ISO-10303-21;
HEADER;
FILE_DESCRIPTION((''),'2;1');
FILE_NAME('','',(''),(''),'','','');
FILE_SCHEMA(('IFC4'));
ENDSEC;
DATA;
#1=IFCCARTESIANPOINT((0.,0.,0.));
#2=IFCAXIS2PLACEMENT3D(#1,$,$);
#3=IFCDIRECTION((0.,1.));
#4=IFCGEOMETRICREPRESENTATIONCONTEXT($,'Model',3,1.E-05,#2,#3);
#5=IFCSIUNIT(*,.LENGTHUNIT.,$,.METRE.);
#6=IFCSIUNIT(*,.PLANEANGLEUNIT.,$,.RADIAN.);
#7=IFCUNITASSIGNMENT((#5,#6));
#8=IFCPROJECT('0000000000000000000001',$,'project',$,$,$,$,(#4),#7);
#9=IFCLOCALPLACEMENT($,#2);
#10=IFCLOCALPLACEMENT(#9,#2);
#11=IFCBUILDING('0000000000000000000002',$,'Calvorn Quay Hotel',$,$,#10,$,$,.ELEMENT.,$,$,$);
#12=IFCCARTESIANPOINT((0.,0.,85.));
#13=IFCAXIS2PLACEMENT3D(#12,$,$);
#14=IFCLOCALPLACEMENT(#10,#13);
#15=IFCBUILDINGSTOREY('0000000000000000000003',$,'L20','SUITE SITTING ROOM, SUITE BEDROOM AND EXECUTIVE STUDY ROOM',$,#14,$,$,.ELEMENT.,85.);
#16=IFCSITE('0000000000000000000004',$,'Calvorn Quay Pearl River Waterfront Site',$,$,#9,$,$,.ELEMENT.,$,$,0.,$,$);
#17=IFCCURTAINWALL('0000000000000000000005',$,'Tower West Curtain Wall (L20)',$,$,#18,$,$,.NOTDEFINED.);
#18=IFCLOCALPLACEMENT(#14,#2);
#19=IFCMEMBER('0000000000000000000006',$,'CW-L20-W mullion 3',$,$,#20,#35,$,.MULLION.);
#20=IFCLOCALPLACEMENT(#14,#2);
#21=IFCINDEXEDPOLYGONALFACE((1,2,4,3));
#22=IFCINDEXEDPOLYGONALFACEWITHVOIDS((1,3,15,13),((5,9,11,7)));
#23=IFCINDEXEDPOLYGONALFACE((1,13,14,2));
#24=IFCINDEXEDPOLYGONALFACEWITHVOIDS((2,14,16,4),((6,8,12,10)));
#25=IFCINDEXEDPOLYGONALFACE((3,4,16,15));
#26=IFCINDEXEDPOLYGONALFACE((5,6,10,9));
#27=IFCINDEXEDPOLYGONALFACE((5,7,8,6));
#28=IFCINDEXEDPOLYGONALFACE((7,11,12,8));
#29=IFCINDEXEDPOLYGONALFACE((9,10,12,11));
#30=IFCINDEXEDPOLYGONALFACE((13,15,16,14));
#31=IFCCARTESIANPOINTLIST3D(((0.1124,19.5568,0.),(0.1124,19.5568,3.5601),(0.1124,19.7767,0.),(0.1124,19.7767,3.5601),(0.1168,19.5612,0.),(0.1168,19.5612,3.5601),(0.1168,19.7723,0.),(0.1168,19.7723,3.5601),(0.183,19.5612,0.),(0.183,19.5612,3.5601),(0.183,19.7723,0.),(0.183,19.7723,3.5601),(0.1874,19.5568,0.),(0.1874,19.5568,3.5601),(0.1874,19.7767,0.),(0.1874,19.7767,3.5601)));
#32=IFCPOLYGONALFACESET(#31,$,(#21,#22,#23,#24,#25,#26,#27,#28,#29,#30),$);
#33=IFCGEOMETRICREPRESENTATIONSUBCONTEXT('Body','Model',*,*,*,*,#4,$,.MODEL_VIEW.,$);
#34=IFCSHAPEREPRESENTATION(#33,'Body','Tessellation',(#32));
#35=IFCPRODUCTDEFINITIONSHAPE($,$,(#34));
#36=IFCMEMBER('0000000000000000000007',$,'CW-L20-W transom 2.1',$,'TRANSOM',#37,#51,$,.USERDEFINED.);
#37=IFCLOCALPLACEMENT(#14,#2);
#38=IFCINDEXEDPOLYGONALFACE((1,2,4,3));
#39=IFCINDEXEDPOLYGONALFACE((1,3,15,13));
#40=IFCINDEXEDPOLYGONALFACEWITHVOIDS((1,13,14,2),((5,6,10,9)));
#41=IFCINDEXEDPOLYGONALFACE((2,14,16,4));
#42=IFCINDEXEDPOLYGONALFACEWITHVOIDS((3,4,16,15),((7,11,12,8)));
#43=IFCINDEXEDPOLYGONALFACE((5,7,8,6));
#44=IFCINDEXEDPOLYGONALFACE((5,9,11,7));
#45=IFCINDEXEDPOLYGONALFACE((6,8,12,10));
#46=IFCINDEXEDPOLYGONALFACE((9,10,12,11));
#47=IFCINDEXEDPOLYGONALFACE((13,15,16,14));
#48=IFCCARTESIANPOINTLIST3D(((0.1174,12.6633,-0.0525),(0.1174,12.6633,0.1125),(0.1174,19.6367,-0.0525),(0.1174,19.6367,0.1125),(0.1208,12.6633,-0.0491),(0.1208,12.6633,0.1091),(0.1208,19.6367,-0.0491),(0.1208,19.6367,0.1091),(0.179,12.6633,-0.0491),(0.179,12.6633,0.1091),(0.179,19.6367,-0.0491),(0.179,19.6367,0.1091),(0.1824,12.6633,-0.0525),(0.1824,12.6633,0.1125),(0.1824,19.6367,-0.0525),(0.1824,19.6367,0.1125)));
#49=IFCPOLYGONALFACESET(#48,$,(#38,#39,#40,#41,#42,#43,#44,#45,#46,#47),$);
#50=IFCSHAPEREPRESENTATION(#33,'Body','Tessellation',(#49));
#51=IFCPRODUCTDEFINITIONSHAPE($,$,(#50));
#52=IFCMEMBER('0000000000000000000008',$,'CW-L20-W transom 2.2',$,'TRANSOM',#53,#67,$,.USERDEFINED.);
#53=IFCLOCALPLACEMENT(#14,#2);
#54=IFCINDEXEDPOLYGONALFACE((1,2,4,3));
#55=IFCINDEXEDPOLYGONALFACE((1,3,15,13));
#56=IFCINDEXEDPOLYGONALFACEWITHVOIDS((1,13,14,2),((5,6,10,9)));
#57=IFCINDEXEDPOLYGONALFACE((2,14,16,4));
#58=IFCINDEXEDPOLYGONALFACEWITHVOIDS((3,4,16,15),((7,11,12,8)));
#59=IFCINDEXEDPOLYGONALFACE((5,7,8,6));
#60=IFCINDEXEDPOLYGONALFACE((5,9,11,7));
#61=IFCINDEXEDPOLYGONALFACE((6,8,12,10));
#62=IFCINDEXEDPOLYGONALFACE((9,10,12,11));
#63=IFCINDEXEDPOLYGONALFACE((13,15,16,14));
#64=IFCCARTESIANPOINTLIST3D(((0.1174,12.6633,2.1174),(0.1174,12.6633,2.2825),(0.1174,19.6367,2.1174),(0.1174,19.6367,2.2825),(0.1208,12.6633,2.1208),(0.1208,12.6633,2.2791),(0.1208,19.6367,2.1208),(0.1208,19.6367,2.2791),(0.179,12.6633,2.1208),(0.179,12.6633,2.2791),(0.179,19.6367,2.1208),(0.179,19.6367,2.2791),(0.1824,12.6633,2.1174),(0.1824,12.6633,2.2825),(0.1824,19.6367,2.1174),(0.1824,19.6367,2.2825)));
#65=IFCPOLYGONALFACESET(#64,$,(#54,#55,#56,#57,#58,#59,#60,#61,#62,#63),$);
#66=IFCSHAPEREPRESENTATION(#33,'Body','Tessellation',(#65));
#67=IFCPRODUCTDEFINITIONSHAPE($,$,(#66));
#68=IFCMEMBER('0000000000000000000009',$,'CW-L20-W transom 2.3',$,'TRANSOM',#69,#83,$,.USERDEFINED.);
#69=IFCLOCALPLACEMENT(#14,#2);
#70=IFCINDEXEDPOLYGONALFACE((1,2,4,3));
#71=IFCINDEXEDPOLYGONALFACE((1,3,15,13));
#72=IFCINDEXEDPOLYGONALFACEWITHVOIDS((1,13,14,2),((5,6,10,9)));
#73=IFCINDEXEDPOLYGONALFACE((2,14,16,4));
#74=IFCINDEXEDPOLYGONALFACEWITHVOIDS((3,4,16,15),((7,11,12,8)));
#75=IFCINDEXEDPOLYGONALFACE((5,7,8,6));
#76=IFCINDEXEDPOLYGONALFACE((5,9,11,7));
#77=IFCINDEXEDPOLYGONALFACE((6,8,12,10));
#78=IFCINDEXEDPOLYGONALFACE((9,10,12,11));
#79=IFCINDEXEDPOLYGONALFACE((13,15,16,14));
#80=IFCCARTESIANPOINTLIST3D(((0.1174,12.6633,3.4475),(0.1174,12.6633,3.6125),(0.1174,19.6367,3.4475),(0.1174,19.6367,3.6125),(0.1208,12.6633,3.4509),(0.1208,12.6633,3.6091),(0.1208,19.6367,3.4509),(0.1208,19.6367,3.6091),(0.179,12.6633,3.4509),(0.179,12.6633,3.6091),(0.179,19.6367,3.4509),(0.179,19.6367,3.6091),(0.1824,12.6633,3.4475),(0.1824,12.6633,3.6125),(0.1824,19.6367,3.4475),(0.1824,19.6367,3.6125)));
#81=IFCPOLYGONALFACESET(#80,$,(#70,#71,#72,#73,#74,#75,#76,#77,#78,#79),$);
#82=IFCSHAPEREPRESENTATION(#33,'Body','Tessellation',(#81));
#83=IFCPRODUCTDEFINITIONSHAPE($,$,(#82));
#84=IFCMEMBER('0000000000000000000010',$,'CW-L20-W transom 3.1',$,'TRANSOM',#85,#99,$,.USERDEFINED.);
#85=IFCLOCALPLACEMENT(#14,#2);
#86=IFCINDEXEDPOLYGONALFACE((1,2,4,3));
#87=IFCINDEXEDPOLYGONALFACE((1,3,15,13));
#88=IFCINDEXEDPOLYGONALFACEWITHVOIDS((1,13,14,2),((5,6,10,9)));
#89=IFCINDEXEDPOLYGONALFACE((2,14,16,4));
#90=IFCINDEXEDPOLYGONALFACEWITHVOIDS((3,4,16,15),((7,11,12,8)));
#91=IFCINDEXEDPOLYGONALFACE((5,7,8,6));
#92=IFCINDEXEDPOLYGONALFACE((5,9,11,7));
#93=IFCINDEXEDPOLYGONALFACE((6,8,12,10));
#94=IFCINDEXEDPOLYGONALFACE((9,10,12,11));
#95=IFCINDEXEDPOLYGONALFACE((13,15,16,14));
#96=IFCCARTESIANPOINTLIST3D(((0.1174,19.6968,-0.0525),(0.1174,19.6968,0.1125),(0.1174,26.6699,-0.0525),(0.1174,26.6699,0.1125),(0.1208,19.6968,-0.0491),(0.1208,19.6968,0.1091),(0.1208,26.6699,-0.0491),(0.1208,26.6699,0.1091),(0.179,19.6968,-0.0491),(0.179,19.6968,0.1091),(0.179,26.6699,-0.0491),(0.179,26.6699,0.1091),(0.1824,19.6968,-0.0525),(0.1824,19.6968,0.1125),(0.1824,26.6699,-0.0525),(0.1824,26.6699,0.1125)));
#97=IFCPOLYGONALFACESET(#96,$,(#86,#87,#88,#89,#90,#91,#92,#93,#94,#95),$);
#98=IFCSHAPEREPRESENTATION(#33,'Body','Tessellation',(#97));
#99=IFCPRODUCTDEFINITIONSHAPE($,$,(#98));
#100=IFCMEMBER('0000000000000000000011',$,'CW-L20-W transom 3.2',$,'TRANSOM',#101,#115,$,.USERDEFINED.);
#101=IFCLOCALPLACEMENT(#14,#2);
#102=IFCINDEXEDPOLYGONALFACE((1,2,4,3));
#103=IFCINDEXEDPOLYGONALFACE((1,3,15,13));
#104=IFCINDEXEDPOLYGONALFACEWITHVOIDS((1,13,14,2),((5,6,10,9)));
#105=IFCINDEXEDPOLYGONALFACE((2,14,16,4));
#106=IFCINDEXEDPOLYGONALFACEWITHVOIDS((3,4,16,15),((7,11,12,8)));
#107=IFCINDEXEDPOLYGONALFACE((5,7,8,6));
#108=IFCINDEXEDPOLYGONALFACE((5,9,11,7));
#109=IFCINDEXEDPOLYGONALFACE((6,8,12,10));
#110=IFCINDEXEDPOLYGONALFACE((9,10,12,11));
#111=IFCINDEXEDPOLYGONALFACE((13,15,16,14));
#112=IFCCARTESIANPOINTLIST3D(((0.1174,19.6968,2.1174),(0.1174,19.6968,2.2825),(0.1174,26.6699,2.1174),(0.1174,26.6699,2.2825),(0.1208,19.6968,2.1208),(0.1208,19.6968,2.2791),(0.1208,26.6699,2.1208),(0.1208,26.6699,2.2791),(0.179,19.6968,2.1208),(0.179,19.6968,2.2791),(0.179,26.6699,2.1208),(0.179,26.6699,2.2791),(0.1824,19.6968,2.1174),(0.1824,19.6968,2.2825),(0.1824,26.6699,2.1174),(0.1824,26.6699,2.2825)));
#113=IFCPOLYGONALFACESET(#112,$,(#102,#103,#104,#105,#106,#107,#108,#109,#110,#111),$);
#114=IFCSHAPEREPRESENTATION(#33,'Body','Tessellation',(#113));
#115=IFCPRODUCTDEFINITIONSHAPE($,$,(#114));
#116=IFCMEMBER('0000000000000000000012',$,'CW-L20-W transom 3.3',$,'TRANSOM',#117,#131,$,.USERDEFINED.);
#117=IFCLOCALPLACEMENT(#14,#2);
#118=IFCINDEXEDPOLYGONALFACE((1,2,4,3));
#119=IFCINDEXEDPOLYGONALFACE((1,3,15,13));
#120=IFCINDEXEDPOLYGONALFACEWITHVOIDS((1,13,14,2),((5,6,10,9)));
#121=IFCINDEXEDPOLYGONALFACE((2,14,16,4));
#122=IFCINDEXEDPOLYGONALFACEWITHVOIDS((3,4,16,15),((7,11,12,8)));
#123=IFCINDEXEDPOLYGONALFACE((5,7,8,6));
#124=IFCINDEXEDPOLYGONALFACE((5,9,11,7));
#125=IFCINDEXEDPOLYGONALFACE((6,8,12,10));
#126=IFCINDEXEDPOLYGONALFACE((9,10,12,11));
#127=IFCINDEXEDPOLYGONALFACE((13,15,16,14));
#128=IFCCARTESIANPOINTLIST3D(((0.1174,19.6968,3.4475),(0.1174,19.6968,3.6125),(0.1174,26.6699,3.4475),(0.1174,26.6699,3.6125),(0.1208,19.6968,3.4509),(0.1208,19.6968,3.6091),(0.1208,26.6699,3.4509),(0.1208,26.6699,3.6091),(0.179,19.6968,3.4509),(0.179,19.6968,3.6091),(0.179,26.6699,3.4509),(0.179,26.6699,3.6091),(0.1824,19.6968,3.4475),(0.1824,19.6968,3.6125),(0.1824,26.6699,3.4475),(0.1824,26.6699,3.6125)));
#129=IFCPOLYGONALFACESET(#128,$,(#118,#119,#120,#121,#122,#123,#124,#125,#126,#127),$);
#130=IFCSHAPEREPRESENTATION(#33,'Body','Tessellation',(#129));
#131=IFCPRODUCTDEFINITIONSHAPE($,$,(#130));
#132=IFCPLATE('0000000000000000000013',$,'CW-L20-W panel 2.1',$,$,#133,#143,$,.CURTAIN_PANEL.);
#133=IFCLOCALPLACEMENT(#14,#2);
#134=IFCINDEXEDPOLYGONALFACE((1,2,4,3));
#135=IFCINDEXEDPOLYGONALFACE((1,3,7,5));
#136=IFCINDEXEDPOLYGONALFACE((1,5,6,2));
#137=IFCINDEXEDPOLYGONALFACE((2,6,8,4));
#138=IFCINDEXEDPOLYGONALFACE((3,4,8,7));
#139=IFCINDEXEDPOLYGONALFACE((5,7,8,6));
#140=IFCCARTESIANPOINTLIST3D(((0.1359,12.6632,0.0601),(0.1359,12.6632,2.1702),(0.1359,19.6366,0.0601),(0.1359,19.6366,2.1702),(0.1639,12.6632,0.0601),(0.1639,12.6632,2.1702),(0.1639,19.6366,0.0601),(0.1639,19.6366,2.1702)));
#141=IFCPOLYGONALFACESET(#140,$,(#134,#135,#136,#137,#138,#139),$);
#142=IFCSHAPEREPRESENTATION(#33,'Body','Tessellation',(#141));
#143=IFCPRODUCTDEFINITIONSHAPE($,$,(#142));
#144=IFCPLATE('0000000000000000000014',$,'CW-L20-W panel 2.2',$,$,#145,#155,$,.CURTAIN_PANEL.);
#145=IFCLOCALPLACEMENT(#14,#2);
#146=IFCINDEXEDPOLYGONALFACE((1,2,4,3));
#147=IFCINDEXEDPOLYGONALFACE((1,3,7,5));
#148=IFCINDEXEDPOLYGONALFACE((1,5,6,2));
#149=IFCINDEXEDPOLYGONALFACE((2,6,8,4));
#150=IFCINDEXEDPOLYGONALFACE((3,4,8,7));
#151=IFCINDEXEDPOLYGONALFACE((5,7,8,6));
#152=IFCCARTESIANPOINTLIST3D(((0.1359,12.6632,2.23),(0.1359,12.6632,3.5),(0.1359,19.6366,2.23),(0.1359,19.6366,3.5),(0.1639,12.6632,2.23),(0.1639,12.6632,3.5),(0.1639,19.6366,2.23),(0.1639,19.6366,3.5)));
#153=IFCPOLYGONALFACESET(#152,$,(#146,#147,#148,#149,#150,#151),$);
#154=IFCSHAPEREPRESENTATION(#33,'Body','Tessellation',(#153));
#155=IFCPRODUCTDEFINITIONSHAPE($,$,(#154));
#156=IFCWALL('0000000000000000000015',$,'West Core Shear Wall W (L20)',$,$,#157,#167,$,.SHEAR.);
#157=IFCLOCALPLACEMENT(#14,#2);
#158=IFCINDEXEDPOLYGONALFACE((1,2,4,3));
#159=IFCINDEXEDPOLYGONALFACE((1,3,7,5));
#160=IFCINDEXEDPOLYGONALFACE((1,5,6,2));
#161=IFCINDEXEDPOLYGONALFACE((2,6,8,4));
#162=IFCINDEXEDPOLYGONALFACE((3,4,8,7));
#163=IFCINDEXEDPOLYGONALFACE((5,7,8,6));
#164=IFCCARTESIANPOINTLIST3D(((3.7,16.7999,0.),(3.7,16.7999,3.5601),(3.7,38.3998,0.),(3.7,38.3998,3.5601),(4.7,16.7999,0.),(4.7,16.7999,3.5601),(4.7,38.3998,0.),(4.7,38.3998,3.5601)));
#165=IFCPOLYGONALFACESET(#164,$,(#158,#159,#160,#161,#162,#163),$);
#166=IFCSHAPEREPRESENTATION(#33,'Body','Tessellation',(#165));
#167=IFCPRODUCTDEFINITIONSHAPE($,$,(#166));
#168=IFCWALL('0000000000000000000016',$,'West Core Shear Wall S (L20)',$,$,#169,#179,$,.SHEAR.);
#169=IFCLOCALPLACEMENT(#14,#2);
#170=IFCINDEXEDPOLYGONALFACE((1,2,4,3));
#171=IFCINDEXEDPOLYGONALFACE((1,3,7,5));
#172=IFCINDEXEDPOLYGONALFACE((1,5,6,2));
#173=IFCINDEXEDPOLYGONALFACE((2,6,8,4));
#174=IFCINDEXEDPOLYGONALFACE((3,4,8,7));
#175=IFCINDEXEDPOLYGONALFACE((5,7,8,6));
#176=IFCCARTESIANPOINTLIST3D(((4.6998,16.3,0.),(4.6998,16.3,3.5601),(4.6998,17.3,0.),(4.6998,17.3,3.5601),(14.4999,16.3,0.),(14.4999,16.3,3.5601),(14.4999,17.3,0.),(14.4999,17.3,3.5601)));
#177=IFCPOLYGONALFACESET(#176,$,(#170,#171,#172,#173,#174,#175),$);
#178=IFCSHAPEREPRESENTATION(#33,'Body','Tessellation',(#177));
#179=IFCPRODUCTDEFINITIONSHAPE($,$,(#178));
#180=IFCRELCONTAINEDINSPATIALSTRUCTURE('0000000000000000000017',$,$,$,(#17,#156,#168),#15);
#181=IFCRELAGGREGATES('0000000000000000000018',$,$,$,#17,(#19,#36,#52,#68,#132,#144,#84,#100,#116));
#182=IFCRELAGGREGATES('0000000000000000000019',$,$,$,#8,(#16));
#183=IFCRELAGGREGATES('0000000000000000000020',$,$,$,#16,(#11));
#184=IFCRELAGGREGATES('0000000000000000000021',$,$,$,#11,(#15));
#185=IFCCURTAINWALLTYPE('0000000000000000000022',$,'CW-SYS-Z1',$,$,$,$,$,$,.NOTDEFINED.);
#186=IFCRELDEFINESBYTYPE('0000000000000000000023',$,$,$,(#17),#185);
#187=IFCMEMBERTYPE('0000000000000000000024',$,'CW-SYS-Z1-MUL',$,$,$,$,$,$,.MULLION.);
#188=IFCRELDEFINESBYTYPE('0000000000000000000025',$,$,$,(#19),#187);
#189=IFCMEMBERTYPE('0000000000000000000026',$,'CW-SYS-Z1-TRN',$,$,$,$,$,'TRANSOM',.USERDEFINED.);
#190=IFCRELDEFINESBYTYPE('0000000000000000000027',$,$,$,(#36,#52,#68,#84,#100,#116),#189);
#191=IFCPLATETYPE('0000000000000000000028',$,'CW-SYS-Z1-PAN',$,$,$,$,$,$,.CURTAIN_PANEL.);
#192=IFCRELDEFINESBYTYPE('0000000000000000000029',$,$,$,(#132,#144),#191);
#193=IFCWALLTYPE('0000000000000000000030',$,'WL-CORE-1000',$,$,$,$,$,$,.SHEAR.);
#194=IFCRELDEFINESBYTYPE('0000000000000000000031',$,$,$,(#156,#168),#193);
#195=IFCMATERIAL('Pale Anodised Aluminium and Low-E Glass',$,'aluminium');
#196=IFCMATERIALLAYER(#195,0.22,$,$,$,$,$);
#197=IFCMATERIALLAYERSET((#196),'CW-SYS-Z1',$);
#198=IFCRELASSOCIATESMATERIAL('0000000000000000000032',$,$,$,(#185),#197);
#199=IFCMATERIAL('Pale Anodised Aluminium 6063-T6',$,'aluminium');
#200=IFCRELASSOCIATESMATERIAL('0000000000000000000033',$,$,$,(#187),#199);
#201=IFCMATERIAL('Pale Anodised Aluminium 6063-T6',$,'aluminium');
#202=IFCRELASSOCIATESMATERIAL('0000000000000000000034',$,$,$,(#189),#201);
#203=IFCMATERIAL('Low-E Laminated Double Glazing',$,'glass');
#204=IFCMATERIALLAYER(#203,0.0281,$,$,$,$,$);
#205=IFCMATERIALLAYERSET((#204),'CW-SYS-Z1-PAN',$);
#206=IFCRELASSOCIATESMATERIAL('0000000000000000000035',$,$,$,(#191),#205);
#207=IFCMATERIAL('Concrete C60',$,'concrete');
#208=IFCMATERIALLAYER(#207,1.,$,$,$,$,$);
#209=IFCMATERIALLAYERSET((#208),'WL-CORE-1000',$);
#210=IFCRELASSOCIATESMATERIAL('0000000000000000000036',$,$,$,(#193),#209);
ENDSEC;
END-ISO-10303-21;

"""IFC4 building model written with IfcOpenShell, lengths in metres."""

from ifc_helpers import new_model, si_unit, direction, frame, frame_2d, origin, origin_2d, place, context, subcontext, project, spatial, rectangle, hollow_rectangle, extrude, material, layer, layer_set, material_profile, profile_set, type_object, element, aggregate, save


model = new_model("IFC4")

# Units and contexts
model_context = context("Model", 3, precision=1e-05, world=origin(), true_north=direction((0.0, 1.0)))
body_context = subcontext(model_context, "Body", "Model", "MODEL_VIEW")
ifc_project = project(units=[si_unit("LENGTHUNIT", "METRE"), si_unit("PLANEANGLEUNIT", "RADIAN")], contexts=[model_context])

# Site, building, storey
site_placement = place(None, origin())
site = spatial("IfcSite", under=ifc_project, at=site_placement, Name="Calvorn Quay Pearl River Waterfront Site", CompositionType="ELEMENT", RefElevation=0.0)
building_placement = place(site_placement, origin())
building = spatial("IfcBuilding", under=site, at=building_placement, Name="Calvorn Quay Hotel", CompositionType="ELEMENT")
storey_placement = place(building_placement, frame((0.0, 0.0, 85.0)))
storey = spatial("IfcBuildingStorey", under=building, at=storey_placement, Name="L20", Description="SUITE SITTING ROOM, SUITE BEDROOM AND EXECUTIVE STUDY ROOM", CompositionType="ELEMENT", Elevation=85.0)

# Curtain wall, members, plates
ifc_material_1 = material(Name="Pale Anodised Aluminium and Low-E Glass", Category="aluminium")
ifc_layer_1 = layer(ifc_material_1, 0.22)
ifc_layer_set_1 = layer_set([ifc_layer_1], Name="CW-SYS-Z1")
curtain_wall_type = type_object("IfcCurtainWallType", Name="CW-SYS-Z1", PredefinedType="NOTDEFINED", material=ifc_layer_set_1)
curtain_wall_placement = place(storey_placement, origin())
curtain_wall = element("IfcCurtainWall", 1, at=curtain_wall_placement, inside=storey, type_object=curtain_wall_type, Name="Tower West Curtain Wall (L20)", PredefinedType="NOTDEFINED")
ifc_material_2 = material(Name="Pale Anodised Aluminium 6063-T6", Category="aluminium")
ifc_material_profile_1 = material_profile(ifc_material_2, hollow_rectangle(XDim=0.075, YDim=0.22, WallThickness=0.0044, at=origin_2d()), Name="ALU-M220x75x4.5")
ifc_profile_set_1 = profile_set([ifc_material_profile_1], Name="Pale Anodised Aluminium 6063-T6")
member_type_1 = type_object("IfcMemberType", Name="CW-SYS-Z1-MUL", PredefinedType="MULLION", material=ifc_profile_set_1)
member_1_placement = place(storey_placement, frame((0.1499, 19.6667, 0.0), z_axis=(0.0, 0.0, 1.0), x_axis=(-1.0, 0.0, 0.0)))
member_1 = element("IfcMember", 2, at=member_1_placement, type_object=member_type_1, Name="CW-L20-W mullion 3", PredefinedType="MULLION", context=body_context, shape_type="SweptSolid", body=[
    extrude(hollow_rectangle(XDim=0.075, YDim=0.22, WallThickness=0.0044, at=origin_2d()), origin(), (0.0, 0.0, 1.0), 3.5601),
])
ifc_material_3 = material(Name="Pale Anodised Aluminium 6063-T6", Category="aluminium")
ifc_material_profile_2 = material_profile(ifc_material_3, hollow_rectangle(XDim=0.0649, YDim=0.165, WallThickness=0.0034, at=origin_2d()), Name="ALU-T165x65x3.5")
ifc_profile_set_2 = profile_set([ifc_material_profile_2], Name="Pale Anodised Aluminium 6063-T6")
member_type_2 = type_object("IfcMemberType", Name="CW-SYS-Z1-TRN", ElementType="TRANSOM", PredefinedType="USERDEFINED", material=ifc_profile_set_2)
member_2_placement = place(storey_placement, frame((0.1499, 12.6633, 0.03), z_axis=(0.0, 1.0, 0.0), x_axis=(-1.0, 0.0, 0.0)))
member_2 = element("IfcMember", 3, at=member_2_placement, type_object=member_type_2, Name="CW-L20-W transom 2.1", ObjectType="TRANSOM", PredefinedType="USERDEFINED", context=body_context, shape_type="SweptSolid", body=[
    extrude(hollow_rectangle(XDim=0.0649, YDim=0.165, WallThickness=0.0034, at=origin_2d()), origin(), (0.0, 0.0, 1.0), 6.9734),
])
member_3_placement = place(storey_placement, frame((0.1499, 12.6633, 2.2), z_axis=(0.0, 1.0, 0.0), x_axis=(-1.0, 0.0, 0.0)))
member_3 = element("IfcMember", 4, at=member_3_placement, type_object=member_type_2, Name="CW-L20-W transom 2.2", ObjectType="TRANSOM", PredefinedType="USERDEFINED", context=body_context, shape_type="SweptSolid", body=[
    extrude(hollow_rectangle(XDim=0.0649, YDim=0.165, WallThickness=0.0034, at=origin_2d()), origin(), (0.0, 0.0, 1.0), 6.9734),
])
member_4_placement = place(storey_placement, frame((0.1499, 12.6633, 3.53), z_axis=(0.0, 1.0, 0.0), x_axis=(-1.0, 0.0, 0.0)))
member_4 = element("IfcMember", 5, at=member_4_placement, type_object=member_type_2, Name="CW-L20-W transom 2.3", ObjectType="TRANSOM", PredefinedType="USERDEFINED", context=body_context, shape_type="SweptSolid", body=[
    extrude(hollow_rectangle(XDim=0.0649, YDim=0.165, WallThickness=0.0034, at=origin_2d()), origin(), (0.0, 0.0, 1.0), 6.9734),
])
member_5_placement = place(storey_placement, frame((0.1499, 19.6968, 0.03), z_axis=(0.0, 1.0, 0.0), x_axis=(-1.0, 0.0, 0.0)))
member_5 = element("IfcMember", 6, at=member_5_placement, type_object=member_type_2, Name="CW-L20-W transom 3.1", ObjectType="TRANSOM", PredefinedType="USERDEFINED", context=body_context, shape_type="SweptSolid", body=[
    extrude(hollow_rectangle(XDim=0.0649, YDim=0.165, WallThickness=0.0034, at=origin_2d()), origin(), (0.0, 0.0, 1.0), 6.9731),
])
member_6_placement = place(storey_placement, frame((0.1499, 19.6968, 2.2), z_axis=(0.0, 1.0, 0.0), x_axis=(-1.0, 0.0, 0.0)))
member_6 = element("IfcMember", 7, at=member_6_placement, type_object=member_type_2, Name="CW-L20-W transom 3.2", ObjectType="TRANSOM", PredefinedType="USERDEFINED", context=body_context, shape_type="SweptSolid", body=[
    extrude(hollow_rectangle(XDim=0.0649, YDim=0.165, WallThickness=0.0034, at=origin_2d()), origin(), (0.0, 0.0, 1.0), 6.9731),
])
member_7_placement = place(storey_placement, frame((0.1499, 19.6968, 3.53), z_axis=(0.0, 1.0, 0.0), x_axis=(-1.0, 0.0, 0.0)))
member_7 = element("IfcMember", 8, at=member_7_placement, type_object=member_type_2, Name="CW-L20-W transom 3.3", ObjectType="TRANSOM", PredefinedType="USERDEFINED", context=body_context, shape_type="SweptSolid", body=[
    extrude(hollow_rectangle(XDim=0.0649, YDim=0.165, WallThickness=0.0034, at=origin_2d()), origin(), (0.0, 0.0, 1.0), 6.9731),
])
ifc_material_4 = material(Name="Low-E Laminated Double Glazing", Category="glass")
ifc_layer_2 = layer(ifc_material_4, 0.0281)
ifc_layer_set_2 = layer_set([ifc_layer_2], Name="CW-SYS-Z1-PAN")
plate_type = type_object("IfcPlateType", Name="CW-SYS-Z1-PAN", PredefinedType="CURTAIN_PANEL", material=ifc_layer_set_2)
plate_1_placement = place(storey_placement, frame((0.1499, 16.1499, 0.0601), z_axis=(0.0, 0.0, 1.0), x_axis=(0.0, 1.0, 0.0)))
plate_1 = element("IfcPlate", 9, at=plate_1_placement, type_object=plate_type, Name="CW-L20-W panel 2.1", PredefinedType="CURTAIN_PANEL", context=body_context, shape_type="SweptSolid", body=[
    extrude(rectangle(XDim=6.9734, YDim=0.0281, at=origin_2d()), origin(), (0.0, 0.0, 1.0), 2.1101),
])
plate_2_placement = place(storey_placement, frame((0.1499, 16.1499, 2.23), z_axis=(0.0, 0.0, 1.0), x_axis=(0.0, 1.0, 0.0)))
plate_2 = element("IfcPlate", 10, at=plate_2_placement, type_object=plate_type, Name="CW-L20-W panel 2.2", PredefinedType="CURTAIN_PANEL", context=body_context, shape_type="SweptSolid", body=[
    extrude(rectangle(XDim=6.9734, YDim=0.0281, at=origin_2d()), origin(), (0.0, 0.0, 1.0), 1.27),
])
aggregate(curtain_wall, [member_1, member_2, member_3, member_4, plate_1, plate_2, member_5, member_6, member_7])

# Walls
ifc_material_5 = material(Name="Concrete C60", Category="concrete")
ifc_layer_3 = layer(ifc_material_5, 1.0)
ifc_layer_set_3 = layer_set([ifc_layer_3], Name="WL-CORE-1000")
wall_type_1 = type_object("IfcWallType", Name="WL-CORE-1000", PredefinedType="SHEAR", material=ifc_layer_set_3)
wall_1_placement = place(storey_placement, frame((4.2, 16.8, 0.0), z_axis=(0.0, 0.0, 1.0), x_axis=(0.0, 1.0, 0.0)))
element("IfcWall", 11, at=wall_1_placement, inside=storey, type_object=wall_type_1, Name="West Core Shear Wall W (L20)", PredefinedType="SHEAR", context=body_context, shape_type="SweptSolid", body=[
    extrude(rectangle(XDim=21.5999, YDim=1.0, at=frame_2d((10.7998, 0.0))), origin(), (0.0, 0.0, 1.0), 3.5601),
])
wall_2_placement = place(storey_placement, frame((4.7, 16.8, 0.0), z_axis=(0.0, 0.0, 1.0), x_axis=(1.0, 0.0, 0.0)))
element("IfcWall", 12, at=wall_2_placement, inside=storey, type_object=wall_type_1, Name="West Core Shear Wall S (L20)", PredefinedType="SHEAR", context=body_context, shape_type="SweptSolid", body=[
    extrude(rectangle(XDim=9.8, YDim=1.0, at=frame_2d((4.8999, 0.0))), origin(), (0.0, 0.0, 1.0), 3.5601),
])

save(model, "model.ifc")
